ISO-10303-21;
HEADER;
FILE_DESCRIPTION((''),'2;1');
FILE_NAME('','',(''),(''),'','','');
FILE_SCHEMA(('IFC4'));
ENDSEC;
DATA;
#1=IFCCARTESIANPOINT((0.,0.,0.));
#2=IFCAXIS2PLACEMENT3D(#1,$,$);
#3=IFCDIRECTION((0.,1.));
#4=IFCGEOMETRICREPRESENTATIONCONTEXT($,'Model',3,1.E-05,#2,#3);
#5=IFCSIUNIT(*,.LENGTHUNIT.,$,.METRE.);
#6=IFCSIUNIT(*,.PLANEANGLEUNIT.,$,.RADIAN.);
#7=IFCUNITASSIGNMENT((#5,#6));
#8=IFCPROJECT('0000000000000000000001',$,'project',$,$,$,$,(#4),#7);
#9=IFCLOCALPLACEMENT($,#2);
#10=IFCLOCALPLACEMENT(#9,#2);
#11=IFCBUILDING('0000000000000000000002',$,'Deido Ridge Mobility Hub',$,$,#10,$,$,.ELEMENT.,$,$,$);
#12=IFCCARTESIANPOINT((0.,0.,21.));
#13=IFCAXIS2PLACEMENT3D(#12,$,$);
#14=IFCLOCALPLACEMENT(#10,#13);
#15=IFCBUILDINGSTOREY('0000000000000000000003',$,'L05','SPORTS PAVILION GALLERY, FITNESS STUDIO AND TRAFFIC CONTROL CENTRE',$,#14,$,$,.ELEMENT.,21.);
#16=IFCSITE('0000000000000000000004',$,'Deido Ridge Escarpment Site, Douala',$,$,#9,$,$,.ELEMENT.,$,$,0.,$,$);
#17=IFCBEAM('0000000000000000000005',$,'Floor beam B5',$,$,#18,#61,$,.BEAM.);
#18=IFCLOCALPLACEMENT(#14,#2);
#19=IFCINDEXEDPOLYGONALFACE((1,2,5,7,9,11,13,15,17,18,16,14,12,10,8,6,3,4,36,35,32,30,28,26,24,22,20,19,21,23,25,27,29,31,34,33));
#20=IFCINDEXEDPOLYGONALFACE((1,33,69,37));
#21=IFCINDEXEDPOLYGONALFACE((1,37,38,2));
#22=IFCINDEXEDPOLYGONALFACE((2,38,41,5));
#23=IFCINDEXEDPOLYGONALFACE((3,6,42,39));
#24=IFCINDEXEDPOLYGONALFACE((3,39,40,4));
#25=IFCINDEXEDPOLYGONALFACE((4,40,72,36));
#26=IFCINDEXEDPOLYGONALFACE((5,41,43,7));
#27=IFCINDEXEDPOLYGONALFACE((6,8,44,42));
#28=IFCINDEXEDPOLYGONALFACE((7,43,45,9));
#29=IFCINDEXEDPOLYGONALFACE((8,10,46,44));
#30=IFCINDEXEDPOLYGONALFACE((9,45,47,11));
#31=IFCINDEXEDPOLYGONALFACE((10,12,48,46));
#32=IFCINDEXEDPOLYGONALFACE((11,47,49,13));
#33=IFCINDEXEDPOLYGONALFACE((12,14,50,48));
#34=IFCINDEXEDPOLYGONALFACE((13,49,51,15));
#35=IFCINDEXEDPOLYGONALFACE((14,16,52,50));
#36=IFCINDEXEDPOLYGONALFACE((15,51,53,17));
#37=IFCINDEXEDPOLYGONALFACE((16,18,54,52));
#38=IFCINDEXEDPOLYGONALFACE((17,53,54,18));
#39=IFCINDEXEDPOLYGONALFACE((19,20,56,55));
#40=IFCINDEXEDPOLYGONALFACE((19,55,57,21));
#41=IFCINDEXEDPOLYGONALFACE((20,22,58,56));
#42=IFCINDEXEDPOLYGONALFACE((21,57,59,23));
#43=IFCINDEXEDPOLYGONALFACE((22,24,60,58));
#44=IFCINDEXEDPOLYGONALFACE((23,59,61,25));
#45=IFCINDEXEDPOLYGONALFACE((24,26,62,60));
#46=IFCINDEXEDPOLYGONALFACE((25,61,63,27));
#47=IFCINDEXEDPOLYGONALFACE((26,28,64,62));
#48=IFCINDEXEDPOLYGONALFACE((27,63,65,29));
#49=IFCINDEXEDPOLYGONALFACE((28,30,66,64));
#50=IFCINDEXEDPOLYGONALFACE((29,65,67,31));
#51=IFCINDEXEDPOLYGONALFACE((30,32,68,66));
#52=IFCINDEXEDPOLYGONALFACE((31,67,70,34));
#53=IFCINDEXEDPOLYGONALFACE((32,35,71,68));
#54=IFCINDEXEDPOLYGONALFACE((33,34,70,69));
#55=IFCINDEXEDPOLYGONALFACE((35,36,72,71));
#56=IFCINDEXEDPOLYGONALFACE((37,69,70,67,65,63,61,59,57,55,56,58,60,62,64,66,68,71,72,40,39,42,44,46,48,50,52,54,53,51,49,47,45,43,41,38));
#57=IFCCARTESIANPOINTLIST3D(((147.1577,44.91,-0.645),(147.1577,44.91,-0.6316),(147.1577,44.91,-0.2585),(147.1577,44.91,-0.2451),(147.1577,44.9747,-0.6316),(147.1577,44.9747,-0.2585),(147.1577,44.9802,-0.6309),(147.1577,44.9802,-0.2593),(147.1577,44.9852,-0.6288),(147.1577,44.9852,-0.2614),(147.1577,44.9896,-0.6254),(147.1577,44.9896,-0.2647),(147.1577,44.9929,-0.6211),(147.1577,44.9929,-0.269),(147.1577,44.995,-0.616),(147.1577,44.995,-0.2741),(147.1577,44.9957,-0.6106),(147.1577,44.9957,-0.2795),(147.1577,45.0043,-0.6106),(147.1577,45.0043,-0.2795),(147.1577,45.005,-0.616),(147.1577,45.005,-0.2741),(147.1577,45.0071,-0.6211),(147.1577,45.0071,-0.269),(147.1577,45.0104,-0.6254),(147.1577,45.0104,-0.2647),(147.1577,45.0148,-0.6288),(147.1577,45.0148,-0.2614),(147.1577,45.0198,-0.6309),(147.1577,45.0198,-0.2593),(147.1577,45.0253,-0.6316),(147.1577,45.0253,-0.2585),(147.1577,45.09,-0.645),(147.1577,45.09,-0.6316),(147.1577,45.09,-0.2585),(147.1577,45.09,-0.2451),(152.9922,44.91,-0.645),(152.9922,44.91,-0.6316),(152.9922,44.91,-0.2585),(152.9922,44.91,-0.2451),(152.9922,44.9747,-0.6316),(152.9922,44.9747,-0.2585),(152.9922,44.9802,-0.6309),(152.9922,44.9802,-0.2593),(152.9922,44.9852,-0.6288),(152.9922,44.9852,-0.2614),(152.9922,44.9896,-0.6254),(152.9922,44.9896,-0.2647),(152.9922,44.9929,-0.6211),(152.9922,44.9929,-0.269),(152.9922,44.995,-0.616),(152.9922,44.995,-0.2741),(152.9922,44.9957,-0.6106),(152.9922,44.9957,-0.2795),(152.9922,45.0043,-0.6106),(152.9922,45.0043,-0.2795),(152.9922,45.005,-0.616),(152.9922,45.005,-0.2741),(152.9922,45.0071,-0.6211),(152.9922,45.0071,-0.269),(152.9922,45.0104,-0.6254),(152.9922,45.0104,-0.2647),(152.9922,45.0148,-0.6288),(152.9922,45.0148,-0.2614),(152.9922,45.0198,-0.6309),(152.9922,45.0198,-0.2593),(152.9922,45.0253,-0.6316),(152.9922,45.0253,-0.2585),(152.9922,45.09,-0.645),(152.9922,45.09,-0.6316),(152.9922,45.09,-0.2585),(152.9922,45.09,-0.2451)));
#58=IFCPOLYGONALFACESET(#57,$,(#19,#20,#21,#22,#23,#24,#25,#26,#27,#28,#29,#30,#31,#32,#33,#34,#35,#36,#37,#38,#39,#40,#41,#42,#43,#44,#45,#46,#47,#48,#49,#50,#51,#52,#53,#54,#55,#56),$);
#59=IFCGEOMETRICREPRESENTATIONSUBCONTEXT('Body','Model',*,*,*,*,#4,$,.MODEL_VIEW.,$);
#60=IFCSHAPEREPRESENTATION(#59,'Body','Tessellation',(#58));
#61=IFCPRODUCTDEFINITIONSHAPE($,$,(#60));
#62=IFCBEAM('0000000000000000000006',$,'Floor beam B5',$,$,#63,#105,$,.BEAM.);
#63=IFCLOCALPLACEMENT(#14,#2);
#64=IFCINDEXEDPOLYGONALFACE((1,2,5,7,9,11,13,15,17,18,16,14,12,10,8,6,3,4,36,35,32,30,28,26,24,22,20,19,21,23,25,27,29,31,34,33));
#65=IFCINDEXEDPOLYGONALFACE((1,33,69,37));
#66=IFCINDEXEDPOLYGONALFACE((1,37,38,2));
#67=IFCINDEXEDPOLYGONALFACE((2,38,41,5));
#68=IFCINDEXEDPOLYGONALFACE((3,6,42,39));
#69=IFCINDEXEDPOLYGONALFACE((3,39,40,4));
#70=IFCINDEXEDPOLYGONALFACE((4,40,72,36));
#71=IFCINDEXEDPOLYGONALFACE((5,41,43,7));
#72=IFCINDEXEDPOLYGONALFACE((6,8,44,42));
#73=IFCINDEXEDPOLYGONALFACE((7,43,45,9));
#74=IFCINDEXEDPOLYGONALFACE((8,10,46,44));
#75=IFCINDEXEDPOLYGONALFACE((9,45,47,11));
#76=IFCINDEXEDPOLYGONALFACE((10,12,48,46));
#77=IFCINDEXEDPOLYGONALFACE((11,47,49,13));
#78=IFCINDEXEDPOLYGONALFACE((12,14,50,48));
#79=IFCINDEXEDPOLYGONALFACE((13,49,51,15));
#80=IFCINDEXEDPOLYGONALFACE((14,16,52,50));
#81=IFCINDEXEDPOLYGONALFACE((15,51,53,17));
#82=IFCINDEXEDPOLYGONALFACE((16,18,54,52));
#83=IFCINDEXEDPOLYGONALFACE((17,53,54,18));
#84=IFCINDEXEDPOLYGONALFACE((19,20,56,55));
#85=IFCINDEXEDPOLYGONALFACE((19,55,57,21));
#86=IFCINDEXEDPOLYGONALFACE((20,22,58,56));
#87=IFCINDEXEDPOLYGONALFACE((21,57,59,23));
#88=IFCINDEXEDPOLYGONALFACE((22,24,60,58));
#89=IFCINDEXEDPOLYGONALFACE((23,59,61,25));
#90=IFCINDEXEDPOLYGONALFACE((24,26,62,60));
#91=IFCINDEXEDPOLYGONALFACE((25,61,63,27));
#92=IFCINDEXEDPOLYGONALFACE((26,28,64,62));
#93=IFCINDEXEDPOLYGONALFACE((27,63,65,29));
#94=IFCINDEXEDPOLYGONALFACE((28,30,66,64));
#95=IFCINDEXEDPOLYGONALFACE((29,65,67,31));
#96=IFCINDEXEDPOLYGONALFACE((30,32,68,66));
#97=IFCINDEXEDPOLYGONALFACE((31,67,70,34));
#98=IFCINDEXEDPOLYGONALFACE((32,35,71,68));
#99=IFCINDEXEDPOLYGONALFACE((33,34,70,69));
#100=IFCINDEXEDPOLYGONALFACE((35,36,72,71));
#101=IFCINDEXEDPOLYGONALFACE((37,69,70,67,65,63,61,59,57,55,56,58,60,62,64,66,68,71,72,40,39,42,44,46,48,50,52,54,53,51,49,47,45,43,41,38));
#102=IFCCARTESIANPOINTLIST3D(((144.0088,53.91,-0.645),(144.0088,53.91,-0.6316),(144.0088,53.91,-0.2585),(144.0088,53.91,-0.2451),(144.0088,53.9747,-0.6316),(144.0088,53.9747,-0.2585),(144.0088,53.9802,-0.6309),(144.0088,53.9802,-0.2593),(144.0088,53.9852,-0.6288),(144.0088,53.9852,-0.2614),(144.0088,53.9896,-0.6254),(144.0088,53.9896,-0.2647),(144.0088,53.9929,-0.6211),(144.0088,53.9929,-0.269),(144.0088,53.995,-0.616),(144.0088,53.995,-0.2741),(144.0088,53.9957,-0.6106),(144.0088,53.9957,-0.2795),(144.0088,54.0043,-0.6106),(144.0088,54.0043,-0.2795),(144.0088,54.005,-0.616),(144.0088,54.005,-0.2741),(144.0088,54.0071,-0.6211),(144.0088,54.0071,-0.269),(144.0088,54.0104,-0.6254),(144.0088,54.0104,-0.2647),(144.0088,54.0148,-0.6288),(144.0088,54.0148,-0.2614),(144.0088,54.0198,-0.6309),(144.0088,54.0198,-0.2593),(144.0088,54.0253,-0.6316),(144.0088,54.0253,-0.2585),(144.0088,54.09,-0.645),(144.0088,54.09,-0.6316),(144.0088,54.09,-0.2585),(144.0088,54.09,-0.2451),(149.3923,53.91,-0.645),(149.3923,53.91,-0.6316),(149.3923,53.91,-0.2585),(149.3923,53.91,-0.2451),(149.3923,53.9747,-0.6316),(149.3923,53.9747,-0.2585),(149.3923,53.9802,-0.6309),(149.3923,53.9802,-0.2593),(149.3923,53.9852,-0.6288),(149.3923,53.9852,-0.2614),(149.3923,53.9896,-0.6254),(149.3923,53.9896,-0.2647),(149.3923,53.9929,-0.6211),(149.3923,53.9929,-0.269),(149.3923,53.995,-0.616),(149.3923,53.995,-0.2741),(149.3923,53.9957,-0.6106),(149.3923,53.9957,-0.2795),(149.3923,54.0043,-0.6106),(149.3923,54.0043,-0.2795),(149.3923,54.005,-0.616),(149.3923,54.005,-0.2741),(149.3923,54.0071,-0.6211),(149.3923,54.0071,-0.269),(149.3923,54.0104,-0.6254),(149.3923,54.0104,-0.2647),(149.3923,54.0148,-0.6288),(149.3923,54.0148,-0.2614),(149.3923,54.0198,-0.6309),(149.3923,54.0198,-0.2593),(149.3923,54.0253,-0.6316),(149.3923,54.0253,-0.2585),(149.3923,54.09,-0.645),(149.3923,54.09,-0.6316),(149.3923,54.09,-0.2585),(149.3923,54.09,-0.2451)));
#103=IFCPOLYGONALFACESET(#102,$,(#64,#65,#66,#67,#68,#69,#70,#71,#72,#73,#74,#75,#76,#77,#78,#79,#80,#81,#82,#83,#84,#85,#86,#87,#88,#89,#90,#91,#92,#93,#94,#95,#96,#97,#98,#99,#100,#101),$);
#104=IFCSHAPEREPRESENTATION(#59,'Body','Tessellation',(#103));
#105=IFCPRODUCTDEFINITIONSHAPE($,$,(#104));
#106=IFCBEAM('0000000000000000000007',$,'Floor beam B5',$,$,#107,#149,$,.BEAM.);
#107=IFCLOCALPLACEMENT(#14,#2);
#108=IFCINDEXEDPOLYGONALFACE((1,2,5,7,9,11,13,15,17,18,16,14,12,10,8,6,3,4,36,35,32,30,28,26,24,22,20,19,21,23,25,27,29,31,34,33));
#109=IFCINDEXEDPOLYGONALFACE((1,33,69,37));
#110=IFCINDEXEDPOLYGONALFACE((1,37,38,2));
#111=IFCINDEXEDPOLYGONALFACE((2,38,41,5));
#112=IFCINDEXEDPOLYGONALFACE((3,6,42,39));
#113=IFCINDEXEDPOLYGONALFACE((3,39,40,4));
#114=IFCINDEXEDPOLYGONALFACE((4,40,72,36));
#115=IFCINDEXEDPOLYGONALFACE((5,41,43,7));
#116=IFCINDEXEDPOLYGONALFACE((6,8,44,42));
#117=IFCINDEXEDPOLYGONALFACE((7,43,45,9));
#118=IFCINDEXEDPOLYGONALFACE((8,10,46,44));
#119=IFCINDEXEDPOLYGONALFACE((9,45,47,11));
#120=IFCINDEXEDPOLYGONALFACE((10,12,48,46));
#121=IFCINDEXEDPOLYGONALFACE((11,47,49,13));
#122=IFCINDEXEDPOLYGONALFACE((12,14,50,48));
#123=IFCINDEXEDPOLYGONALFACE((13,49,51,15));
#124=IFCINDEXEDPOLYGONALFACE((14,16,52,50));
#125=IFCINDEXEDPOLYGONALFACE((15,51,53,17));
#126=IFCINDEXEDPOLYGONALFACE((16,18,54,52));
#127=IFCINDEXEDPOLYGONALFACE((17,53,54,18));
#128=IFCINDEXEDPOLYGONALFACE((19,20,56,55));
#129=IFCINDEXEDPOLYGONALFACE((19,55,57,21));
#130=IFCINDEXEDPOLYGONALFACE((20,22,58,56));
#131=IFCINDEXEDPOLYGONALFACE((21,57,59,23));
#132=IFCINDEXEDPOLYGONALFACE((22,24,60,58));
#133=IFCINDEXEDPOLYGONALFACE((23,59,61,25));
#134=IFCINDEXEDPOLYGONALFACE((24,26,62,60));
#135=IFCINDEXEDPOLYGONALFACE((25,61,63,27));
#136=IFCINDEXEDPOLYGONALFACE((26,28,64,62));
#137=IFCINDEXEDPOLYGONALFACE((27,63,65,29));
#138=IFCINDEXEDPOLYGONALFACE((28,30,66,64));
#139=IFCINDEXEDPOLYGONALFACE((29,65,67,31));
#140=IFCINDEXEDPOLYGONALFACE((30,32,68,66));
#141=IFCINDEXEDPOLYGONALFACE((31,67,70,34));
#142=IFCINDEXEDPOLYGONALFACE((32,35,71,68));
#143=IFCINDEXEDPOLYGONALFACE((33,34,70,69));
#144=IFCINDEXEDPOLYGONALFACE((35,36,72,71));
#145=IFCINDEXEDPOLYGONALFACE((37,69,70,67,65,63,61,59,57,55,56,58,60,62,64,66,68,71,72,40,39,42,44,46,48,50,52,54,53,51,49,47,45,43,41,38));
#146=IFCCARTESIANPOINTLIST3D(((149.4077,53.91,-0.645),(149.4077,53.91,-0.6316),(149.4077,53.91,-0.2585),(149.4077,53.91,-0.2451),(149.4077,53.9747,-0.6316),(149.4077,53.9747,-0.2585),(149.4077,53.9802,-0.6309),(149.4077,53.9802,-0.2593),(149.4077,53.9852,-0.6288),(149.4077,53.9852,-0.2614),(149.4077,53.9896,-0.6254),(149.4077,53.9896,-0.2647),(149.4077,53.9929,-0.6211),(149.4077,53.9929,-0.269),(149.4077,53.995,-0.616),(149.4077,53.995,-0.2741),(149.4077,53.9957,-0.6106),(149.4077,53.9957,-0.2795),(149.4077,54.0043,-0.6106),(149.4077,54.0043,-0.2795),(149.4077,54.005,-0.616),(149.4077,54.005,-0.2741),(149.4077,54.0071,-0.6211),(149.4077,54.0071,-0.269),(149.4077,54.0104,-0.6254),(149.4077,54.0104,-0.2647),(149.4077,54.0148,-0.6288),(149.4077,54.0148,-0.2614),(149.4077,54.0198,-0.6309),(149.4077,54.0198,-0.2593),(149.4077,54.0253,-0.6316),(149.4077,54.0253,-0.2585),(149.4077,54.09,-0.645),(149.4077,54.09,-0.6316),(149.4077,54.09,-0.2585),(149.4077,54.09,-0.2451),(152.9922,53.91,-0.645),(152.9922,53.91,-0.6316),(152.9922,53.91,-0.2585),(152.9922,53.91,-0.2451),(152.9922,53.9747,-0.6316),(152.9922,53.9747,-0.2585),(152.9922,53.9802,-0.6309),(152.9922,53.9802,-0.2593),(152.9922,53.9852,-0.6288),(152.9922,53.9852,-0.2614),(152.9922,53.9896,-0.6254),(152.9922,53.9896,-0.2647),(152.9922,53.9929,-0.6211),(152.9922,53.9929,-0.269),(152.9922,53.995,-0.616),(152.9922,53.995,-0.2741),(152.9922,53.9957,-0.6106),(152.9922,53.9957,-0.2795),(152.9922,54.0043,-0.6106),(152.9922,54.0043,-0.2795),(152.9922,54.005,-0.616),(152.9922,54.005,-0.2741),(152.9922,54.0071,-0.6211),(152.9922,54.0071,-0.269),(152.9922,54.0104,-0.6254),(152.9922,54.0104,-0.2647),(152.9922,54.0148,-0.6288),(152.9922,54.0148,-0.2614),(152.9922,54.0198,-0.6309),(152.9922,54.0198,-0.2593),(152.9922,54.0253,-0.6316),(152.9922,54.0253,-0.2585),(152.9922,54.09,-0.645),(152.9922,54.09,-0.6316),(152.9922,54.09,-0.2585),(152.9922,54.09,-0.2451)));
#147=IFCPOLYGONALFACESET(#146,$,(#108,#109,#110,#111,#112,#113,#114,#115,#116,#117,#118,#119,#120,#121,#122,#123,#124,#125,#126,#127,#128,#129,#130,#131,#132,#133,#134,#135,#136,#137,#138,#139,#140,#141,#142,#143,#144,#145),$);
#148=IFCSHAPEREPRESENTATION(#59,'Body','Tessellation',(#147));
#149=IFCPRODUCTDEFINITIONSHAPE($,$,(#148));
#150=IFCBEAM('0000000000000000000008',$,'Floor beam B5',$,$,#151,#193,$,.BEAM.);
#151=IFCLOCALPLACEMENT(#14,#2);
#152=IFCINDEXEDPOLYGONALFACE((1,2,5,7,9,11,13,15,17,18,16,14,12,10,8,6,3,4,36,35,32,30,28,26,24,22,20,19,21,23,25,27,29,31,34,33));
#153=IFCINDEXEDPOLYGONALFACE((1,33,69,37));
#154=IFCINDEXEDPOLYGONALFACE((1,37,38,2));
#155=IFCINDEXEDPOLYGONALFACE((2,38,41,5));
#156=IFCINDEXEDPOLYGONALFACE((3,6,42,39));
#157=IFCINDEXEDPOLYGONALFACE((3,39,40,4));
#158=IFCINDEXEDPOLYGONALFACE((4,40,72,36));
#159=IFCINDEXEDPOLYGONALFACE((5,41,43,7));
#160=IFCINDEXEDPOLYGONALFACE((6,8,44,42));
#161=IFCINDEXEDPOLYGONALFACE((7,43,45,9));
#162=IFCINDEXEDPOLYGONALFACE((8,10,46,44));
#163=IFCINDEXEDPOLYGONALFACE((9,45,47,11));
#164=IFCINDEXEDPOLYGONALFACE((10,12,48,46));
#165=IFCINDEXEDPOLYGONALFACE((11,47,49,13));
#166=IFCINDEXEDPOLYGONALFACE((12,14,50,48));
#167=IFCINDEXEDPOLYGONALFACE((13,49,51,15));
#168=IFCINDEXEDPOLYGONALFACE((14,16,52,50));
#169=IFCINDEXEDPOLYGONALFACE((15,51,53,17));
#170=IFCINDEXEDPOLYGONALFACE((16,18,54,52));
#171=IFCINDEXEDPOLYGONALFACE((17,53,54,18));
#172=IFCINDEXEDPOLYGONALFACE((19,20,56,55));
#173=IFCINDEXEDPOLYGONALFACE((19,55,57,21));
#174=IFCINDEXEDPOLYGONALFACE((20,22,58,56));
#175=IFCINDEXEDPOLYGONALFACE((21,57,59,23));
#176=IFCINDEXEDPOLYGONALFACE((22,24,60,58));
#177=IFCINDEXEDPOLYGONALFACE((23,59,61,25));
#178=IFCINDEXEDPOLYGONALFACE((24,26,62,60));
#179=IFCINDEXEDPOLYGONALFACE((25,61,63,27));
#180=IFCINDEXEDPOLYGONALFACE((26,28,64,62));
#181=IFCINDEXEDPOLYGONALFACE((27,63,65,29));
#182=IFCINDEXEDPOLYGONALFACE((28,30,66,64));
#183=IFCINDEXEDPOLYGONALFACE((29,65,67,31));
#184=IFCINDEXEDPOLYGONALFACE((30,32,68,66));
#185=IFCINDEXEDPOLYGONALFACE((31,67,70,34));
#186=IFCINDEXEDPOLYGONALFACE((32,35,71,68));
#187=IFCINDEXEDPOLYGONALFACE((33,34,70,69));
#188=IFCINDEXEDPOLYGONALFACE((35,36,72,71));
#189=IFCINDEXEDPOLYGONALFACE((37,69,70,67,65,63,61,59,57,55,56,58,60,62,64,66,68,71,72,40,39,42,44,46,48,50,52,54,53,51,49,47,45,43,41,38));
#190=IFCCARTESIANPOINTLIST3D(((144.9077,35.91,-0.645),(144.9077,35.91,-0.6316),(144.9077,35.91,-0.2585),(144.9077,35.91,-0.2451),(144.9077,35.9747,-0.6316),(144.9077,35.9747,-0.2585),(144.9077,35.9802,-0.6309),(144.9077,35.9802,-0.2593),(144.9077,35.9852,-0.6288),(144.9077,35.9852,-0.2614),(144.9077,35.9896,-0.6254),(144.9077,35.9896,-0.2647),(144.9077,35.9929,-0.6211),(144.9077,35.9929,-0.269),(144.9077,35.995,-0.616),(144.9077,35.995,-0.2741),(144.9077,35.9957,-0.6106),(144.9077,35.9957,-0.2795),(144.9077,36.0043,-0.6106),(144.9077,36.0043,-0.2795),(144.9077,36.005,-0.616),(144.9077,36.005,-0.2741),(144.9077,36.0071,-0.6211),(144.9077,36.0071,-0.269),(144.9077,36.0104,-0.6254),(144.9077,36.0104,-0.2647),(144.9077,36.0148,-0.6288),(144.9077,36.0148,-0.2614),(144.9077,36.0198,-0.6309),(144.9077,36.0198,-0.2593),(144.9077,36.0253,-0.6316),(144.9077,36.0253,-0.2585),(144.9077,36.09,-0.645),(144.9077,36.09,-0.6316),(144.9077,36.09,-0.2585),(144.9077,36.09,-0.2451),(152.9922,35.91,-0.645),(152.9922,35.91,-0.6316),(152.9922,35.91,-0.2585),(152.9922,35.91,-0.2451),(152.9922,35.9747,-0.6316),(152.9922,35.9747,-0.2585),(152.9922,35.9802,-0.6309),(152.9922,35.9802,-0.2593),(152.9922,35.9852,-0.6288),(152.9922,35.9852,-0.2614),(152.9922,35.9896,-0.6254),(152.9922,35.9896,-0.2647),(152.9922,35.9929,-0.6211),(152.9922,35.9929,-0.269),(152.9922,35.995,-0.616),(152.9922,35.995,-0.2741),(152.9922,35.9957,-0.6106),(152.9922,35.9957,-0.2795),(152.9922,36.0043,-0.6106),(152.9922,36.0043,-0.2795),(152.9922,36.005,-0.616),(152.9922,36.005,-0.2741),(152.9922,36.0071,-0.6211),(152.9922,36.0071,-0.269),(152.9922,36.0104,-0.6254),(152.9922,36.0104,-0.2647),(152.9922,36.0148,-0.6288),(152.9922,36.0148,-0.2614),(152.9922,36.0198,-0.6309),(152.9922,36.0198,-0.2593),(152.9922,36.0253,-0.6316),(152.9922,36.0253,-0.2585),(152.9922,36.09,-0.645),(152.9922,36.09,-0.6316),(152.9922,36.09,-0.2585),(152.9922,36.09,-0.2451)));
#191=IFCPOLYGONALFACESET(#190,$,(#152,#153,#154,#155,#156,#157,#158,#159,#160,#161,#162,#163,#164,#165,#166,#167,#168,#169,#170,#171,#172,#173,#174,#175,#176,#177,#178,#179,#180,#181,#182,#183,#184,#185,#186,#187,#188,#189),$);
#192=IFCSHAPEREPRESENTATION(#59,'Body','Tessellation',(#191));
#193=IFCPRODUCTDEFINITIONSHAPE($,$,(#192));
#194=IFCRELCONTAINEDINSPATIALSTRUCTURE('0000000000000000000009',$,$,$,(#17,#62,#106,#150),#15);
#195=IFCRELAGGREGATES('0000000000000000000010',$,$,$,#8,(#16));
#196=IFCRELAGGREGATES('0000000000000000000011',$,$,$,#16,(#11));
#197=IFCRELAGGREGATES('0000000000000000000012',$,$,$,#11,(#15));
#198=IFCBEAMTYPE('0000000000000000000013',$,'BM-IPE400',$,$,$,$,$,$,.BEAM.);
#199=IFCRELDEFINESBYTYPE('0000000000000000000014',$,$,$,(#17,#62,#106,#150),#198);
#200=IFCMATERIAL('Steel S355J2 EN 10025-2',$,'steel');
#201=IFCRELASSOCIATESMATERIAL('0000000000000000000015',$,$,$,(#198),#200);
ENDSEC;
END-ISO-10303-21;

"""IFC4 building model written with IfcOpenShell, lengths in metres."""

from ifc_helpers import new_model, si_unit, direction, frame, origin, origin_2d, place, context, subcontext, project, spatial, i_section, extrude, material, material_profile, profile_set, type_object, element, save


model = new_model("IFC4")

# Units and contexts
model_context = context("Model", 3, precision=1e-05, world=origin(), true_north=direction((0.0, 1.0)))
body_context = subcontext(model_context, "Body", "Model", "MODEL_VIEW")
ifc_project = project(units=[si_unit("LENGTHUNIT", "METRE"), si_unit("PLANEANGLEUNIT", "RADIAN")], contexts=[model_context])

# Site, building, storey
site_placement = place(None, origin())
site = spatial("IfcSite", under=ifc_project, at=site_placement, Name="Deido Ridge Escarpment Site, Douala", CompositionType="ELEMENT", RefElevation=0.0)
building_placement = place(site_placement, origin())
building = spatial("IfcBuilding", under=site, at=building_placement, Name="Deido Ridge Mobility Hub", CompositionType="ELEMENT")
storey_placement = place(building_placement, frame((0.0, 0.0, 21.0)))
storey = spatial("IfcBuildingStorey", under=building, at=storey_placement, Name="L05", Description="SPORTS PAVILION GALLERY, FITNESS STUDIO AND TRAFFIC CONTROL CENTRE", CompositionType="ELEMENT", Elevation=21.0)

# Shared definitions
ifc_material_1 = material(Name="Steel S355J2 EN 10025-2", Category="steel")

# Beams
ifc_material_profile_1 = material_profile(ifc_material_1, i_section(OverallWidth=0.1799, OverallDepth=0.3999, WebThickness=0.0085, FlangeThickness=0.0134, FilletRadius=0.021, at=origin_2d()), Name="IPE 400")
ifc_profile_set_1 = profile_set([ifc_material_profile_1], Name="Steel S355J2 EN 10025-2")
beam_type_1 = type_object("IfcBeamType", Name="BM-IPE400", PredefinedType="BEAM", material=ifc_profile_set_1)
beam_1_placement = place(storey_placement, frame((147.1577, 45.0, -0.4451), z_axis=(1.0, 0.0, 0.0), x_axis=(0.0, 1.0, 0.0)))
element("IfcBeam", 1, at=beam_1_placement, inside=storey, type_object=beam_type_1, Name="Floor beam B5", PredefinedType="BEAM", context=body_context, shape_type="SweptSolid", body=[
    extrude(i_section(OverallWidth=0.1799, OverallDepth=0.3999, WebThickness=0.0085, FlangeThickness=0.0134, FilletRadius=0.021, at=origin_2d()), origin(), (0.0, 0.0, 1.0), 5.8345),
])
beam_2_placement = place(storey_placement, frame((144.0088, 54.0, -0.4451), z_axis=(1.0, 0.0, 0.0), x_axis=(0.0, 1.0, 0.0)))
element("IfcBeam", 2, at=beam_2_placement, inside=storey, type_object=beam_type_1, Name="Floor beam B5", PredefinedType="BEAM", context=body_context, shape_type="SweptSolid", body=[
    extrude(i_section(OverallWidth=0.1799, OverallDepth=0.3999, WebThickness=0.0085, FlangeThickness=0.0134, FilletRadius=0.021, at=origin_2d()), origin(), (0.0, 0.0, 1.0), 5.3835),
])
beam_3_placement = place(storey_placement, frame((149.4077, 54.0, -0.4451), z_axis=(1.0, 0.0, 0.0), x_axis=(0.0, 1.0, 0.0)))
element("IfcBeam", 3, at=beam_3_placement, inside=storey, type_object=beam_type_1, Name="Floor beam B5", PredefinedType="BEAM", context=body_context, shape_type="SweptSolid", body=[
    extrude(i_section(OverallWidth=0.1799, OverallDepth=0.3999, WebThickness=0.0085, FlangeThickness=0.0134, FilletRadius=0.021, at=origin_2d()), origin(), (0.0, 0.0, 1.0), 3.5845),
])
beam_4_placement = place(storey_placement, frame((144.9077, 36.0, -0.4451), z_axis=(1.0, 0.0, 0.0), x_axis=(0.0, 1.0, 0.0)))
element("IfcBeam", 4, at=beam_4_placement, inside=storey, type_object=beam_type_1, Name="Floor beam B5", PredefinedType="BEAM", context=body_context, shape_type="SweptSolid", body=[
    extrude(i_section(OverallWidth=0.1799, OverallDepth=0.3999, WebThickness=0.0085, FlangeThickness=0.0134, FilletRadius=0.021, at=origin_2d()), origin(), (0.0, 0.0, 1.0), 8.0845),
])

save(model, "model.ifc")
